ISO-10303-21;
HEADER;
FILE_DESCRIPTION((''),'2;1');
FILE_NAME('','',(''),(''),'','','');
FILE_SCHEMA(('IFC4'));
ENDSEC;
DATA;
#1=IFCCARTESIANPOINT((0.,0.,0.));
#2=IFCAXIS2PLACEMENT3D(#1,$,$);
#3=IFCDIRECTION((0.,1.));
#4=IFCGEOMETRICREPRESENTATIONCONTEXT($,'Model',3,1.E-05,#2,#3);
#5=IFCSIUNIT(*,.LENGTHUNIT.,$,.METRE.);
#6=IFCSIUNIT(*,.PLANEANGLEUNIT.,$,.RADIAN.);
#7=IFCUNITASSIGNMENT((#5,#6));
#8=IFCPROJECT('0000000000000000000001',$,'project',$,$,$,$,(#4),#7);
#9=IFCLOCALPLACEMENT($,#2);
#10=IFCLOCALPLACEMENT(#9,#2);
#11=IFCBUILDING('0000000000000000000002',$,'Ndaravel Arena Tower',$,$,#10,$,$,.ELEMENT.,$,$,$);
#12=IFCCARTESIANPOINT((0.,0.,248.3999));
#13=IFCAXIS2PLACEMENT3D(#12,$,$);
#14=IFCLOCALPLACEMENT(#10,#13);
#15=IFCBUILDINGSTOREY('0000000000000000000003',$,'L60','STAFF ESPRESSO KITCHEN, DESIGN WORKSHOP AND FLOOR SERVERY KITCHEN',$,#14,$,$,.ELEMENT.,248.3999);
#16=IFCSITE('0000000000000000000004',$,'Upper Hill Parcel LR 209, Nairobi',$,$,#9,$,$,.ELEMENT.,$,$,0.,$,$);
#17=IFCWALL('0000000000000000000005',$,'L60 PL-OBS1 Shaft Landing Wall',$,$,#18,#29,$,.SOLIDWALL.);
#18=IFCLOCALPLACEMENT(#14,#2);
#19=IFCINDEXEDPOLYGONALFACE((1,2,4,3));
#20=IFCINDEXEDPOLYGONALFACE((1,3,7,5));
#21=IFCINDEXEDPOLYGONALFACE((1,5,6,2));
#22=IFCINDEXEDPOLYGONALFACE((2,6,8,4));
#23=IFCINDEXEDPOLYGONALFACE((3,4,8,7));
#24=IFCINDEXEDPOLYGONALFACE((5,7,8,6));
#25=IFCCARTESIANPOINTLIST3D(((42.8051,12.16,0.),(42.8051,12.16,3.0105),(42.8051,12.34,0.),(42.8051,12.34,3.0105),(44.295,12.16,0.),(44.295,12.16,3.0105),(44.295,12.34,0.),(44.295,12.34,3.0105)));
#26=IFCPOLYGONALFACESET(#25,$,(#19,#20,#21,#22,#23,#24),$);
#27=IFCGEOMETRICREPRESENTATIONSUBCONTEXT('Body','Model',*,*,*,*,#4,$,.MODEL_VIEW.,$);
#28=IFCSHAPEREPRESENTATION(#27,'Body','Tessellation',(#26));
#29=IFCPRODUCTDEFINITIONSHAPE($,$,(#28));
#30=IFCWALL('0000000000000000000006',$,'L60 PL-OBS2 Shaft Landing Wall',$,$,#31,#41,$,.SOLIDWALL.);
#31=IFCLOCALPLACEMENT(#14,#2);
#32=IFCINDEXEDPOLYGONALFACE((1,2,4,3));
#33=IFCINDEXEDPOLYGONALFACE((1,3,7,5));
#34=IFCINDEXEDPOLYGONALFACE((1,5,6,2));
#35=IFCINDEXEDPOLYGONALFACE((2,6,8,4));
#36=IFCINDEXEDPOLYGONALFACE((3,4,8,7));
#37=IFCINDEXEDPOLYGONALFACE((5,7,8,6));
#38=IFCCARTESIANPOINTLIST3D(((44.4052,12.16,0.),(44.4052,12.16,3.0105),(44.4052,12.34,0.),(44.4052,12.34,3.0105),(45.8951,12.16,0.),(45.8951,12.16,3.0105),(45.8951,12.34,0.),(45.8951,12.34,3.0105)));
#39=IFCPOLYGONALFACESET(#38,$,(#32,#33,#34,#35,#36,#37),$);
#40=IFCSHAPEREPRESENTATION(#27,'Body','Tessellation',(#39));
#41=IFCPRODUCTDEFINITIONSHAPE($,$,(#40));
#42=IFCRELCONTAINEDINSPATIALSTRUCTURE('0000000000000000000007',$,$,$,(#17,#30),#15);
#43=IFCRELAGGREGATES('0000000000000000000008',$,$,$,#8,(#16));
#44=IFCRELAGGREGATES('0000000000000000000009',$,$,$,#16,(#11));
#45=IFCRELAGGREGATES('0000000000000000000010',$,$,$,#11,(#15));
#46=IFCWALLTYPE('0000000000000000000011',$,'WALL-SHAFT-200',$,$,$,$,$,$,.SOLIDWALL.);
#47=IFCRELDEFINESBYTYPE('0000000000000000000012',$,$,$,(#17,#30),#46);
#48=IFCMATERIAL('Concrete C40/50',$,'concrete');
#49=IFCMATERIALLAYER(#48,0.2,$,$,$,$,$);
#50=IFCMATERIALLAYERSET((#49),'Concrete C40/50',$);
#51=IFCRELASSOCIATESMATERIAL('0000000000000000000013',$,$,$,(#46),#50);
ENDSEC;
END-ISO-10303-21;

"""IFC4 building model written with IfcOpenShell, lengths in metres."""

from ifc_helpers import new_model, si_unit, direction, frame, frame_2d, origin, place, context, subcontext, project, spatial, rectangle, extrude, material, layer, layer_set, type_object, element, save


model = new_model("IFC4")

# Units and contexts
model_context = context("Model", 3, precision=1e-05, world=origin(), true_north=direction((0.0, 1.0)))
body_context = subcontext(model_context, "Body", "Model", "MODEL_VIEW")
ifc_project = project(units=[si_unit("LENGTHUNIT", "METRE"), si_unit("PLANEANGLEUNIT", "RADIAN")], contexts=[model_context])

# Site, building, storey
site_placement = place(None, origin())
site = spatial("IfcSite", under=ifc_project, at=site_placement, Name="Upper Hill Parcel LR 209, Nairobi", CompositionType="ELEMENT", RefElevation=0.0)
building_placement = place(site_placement, origin())
building = spatial("IfcBuilding", under=site, at=building_placement, Name="Ndaravel Arena Tower", CompositionType="ELEMENT")
storey_placement = place(building_placement, frame((0.0, 0.0, 248.3999)))
storey = spatial("IfcBuildingStorey", under=building, at=storey_placement, Name="L60", Description="STAFF ESPRESSO KITCHEN, DESIGN WORKSHOP AND FLOOR SERVERY KITCHEN", CompositionType="ELEMENT", Elevation=248.3999)

# Shared definitions
ifc_material_1 = material(Name="Concrete C40/50", Category="concrete")
ifc_layer_1 = layer(ifc_material_1, 0.2)
ifc_layer_set_1 = layer_set([ifc_layer_1], Name="Concrete C40/50")
wall_type_1 = type_object("IfcWallType", Name="WALL-SHAFT-200", PredefinedType="SOLIDWALL", material=ifc_layer_set_1)

# Walls
for number, where, z_axis, x_axis, name in (
    (1, (42.8049, 12.25, 0.0), (0.0, 0.0, 1.0), (1.0, 0.0, 0.0), "L60 PL-OBS1 Shaft Landing Wall"),
    (2, (44.405, 12.25, 0.0), (0.0, 0.0, 1.0), (1.0, 0.0, 0.0), "L60 PL-OBS2 Shaft Landing Wall"),
):
    element("IfcWall", number, at=place(storey_placement, frame(where, z_axis=z_axis, x_axis=x_axis)), inside=storey, type_object=wall_type_1, Name=name, PredefinedType="SOLIDWALL", context=body_context, shape_type="SweptSolid", body=[
        extrude(rectangle(XDim=1.49, YDim=0.1799, at=frame_2d((0.7451, 0.0))), origin(), (0.0, 0.0, 1.0), 3.0105),
    ])

save(model, "model.ifc")
